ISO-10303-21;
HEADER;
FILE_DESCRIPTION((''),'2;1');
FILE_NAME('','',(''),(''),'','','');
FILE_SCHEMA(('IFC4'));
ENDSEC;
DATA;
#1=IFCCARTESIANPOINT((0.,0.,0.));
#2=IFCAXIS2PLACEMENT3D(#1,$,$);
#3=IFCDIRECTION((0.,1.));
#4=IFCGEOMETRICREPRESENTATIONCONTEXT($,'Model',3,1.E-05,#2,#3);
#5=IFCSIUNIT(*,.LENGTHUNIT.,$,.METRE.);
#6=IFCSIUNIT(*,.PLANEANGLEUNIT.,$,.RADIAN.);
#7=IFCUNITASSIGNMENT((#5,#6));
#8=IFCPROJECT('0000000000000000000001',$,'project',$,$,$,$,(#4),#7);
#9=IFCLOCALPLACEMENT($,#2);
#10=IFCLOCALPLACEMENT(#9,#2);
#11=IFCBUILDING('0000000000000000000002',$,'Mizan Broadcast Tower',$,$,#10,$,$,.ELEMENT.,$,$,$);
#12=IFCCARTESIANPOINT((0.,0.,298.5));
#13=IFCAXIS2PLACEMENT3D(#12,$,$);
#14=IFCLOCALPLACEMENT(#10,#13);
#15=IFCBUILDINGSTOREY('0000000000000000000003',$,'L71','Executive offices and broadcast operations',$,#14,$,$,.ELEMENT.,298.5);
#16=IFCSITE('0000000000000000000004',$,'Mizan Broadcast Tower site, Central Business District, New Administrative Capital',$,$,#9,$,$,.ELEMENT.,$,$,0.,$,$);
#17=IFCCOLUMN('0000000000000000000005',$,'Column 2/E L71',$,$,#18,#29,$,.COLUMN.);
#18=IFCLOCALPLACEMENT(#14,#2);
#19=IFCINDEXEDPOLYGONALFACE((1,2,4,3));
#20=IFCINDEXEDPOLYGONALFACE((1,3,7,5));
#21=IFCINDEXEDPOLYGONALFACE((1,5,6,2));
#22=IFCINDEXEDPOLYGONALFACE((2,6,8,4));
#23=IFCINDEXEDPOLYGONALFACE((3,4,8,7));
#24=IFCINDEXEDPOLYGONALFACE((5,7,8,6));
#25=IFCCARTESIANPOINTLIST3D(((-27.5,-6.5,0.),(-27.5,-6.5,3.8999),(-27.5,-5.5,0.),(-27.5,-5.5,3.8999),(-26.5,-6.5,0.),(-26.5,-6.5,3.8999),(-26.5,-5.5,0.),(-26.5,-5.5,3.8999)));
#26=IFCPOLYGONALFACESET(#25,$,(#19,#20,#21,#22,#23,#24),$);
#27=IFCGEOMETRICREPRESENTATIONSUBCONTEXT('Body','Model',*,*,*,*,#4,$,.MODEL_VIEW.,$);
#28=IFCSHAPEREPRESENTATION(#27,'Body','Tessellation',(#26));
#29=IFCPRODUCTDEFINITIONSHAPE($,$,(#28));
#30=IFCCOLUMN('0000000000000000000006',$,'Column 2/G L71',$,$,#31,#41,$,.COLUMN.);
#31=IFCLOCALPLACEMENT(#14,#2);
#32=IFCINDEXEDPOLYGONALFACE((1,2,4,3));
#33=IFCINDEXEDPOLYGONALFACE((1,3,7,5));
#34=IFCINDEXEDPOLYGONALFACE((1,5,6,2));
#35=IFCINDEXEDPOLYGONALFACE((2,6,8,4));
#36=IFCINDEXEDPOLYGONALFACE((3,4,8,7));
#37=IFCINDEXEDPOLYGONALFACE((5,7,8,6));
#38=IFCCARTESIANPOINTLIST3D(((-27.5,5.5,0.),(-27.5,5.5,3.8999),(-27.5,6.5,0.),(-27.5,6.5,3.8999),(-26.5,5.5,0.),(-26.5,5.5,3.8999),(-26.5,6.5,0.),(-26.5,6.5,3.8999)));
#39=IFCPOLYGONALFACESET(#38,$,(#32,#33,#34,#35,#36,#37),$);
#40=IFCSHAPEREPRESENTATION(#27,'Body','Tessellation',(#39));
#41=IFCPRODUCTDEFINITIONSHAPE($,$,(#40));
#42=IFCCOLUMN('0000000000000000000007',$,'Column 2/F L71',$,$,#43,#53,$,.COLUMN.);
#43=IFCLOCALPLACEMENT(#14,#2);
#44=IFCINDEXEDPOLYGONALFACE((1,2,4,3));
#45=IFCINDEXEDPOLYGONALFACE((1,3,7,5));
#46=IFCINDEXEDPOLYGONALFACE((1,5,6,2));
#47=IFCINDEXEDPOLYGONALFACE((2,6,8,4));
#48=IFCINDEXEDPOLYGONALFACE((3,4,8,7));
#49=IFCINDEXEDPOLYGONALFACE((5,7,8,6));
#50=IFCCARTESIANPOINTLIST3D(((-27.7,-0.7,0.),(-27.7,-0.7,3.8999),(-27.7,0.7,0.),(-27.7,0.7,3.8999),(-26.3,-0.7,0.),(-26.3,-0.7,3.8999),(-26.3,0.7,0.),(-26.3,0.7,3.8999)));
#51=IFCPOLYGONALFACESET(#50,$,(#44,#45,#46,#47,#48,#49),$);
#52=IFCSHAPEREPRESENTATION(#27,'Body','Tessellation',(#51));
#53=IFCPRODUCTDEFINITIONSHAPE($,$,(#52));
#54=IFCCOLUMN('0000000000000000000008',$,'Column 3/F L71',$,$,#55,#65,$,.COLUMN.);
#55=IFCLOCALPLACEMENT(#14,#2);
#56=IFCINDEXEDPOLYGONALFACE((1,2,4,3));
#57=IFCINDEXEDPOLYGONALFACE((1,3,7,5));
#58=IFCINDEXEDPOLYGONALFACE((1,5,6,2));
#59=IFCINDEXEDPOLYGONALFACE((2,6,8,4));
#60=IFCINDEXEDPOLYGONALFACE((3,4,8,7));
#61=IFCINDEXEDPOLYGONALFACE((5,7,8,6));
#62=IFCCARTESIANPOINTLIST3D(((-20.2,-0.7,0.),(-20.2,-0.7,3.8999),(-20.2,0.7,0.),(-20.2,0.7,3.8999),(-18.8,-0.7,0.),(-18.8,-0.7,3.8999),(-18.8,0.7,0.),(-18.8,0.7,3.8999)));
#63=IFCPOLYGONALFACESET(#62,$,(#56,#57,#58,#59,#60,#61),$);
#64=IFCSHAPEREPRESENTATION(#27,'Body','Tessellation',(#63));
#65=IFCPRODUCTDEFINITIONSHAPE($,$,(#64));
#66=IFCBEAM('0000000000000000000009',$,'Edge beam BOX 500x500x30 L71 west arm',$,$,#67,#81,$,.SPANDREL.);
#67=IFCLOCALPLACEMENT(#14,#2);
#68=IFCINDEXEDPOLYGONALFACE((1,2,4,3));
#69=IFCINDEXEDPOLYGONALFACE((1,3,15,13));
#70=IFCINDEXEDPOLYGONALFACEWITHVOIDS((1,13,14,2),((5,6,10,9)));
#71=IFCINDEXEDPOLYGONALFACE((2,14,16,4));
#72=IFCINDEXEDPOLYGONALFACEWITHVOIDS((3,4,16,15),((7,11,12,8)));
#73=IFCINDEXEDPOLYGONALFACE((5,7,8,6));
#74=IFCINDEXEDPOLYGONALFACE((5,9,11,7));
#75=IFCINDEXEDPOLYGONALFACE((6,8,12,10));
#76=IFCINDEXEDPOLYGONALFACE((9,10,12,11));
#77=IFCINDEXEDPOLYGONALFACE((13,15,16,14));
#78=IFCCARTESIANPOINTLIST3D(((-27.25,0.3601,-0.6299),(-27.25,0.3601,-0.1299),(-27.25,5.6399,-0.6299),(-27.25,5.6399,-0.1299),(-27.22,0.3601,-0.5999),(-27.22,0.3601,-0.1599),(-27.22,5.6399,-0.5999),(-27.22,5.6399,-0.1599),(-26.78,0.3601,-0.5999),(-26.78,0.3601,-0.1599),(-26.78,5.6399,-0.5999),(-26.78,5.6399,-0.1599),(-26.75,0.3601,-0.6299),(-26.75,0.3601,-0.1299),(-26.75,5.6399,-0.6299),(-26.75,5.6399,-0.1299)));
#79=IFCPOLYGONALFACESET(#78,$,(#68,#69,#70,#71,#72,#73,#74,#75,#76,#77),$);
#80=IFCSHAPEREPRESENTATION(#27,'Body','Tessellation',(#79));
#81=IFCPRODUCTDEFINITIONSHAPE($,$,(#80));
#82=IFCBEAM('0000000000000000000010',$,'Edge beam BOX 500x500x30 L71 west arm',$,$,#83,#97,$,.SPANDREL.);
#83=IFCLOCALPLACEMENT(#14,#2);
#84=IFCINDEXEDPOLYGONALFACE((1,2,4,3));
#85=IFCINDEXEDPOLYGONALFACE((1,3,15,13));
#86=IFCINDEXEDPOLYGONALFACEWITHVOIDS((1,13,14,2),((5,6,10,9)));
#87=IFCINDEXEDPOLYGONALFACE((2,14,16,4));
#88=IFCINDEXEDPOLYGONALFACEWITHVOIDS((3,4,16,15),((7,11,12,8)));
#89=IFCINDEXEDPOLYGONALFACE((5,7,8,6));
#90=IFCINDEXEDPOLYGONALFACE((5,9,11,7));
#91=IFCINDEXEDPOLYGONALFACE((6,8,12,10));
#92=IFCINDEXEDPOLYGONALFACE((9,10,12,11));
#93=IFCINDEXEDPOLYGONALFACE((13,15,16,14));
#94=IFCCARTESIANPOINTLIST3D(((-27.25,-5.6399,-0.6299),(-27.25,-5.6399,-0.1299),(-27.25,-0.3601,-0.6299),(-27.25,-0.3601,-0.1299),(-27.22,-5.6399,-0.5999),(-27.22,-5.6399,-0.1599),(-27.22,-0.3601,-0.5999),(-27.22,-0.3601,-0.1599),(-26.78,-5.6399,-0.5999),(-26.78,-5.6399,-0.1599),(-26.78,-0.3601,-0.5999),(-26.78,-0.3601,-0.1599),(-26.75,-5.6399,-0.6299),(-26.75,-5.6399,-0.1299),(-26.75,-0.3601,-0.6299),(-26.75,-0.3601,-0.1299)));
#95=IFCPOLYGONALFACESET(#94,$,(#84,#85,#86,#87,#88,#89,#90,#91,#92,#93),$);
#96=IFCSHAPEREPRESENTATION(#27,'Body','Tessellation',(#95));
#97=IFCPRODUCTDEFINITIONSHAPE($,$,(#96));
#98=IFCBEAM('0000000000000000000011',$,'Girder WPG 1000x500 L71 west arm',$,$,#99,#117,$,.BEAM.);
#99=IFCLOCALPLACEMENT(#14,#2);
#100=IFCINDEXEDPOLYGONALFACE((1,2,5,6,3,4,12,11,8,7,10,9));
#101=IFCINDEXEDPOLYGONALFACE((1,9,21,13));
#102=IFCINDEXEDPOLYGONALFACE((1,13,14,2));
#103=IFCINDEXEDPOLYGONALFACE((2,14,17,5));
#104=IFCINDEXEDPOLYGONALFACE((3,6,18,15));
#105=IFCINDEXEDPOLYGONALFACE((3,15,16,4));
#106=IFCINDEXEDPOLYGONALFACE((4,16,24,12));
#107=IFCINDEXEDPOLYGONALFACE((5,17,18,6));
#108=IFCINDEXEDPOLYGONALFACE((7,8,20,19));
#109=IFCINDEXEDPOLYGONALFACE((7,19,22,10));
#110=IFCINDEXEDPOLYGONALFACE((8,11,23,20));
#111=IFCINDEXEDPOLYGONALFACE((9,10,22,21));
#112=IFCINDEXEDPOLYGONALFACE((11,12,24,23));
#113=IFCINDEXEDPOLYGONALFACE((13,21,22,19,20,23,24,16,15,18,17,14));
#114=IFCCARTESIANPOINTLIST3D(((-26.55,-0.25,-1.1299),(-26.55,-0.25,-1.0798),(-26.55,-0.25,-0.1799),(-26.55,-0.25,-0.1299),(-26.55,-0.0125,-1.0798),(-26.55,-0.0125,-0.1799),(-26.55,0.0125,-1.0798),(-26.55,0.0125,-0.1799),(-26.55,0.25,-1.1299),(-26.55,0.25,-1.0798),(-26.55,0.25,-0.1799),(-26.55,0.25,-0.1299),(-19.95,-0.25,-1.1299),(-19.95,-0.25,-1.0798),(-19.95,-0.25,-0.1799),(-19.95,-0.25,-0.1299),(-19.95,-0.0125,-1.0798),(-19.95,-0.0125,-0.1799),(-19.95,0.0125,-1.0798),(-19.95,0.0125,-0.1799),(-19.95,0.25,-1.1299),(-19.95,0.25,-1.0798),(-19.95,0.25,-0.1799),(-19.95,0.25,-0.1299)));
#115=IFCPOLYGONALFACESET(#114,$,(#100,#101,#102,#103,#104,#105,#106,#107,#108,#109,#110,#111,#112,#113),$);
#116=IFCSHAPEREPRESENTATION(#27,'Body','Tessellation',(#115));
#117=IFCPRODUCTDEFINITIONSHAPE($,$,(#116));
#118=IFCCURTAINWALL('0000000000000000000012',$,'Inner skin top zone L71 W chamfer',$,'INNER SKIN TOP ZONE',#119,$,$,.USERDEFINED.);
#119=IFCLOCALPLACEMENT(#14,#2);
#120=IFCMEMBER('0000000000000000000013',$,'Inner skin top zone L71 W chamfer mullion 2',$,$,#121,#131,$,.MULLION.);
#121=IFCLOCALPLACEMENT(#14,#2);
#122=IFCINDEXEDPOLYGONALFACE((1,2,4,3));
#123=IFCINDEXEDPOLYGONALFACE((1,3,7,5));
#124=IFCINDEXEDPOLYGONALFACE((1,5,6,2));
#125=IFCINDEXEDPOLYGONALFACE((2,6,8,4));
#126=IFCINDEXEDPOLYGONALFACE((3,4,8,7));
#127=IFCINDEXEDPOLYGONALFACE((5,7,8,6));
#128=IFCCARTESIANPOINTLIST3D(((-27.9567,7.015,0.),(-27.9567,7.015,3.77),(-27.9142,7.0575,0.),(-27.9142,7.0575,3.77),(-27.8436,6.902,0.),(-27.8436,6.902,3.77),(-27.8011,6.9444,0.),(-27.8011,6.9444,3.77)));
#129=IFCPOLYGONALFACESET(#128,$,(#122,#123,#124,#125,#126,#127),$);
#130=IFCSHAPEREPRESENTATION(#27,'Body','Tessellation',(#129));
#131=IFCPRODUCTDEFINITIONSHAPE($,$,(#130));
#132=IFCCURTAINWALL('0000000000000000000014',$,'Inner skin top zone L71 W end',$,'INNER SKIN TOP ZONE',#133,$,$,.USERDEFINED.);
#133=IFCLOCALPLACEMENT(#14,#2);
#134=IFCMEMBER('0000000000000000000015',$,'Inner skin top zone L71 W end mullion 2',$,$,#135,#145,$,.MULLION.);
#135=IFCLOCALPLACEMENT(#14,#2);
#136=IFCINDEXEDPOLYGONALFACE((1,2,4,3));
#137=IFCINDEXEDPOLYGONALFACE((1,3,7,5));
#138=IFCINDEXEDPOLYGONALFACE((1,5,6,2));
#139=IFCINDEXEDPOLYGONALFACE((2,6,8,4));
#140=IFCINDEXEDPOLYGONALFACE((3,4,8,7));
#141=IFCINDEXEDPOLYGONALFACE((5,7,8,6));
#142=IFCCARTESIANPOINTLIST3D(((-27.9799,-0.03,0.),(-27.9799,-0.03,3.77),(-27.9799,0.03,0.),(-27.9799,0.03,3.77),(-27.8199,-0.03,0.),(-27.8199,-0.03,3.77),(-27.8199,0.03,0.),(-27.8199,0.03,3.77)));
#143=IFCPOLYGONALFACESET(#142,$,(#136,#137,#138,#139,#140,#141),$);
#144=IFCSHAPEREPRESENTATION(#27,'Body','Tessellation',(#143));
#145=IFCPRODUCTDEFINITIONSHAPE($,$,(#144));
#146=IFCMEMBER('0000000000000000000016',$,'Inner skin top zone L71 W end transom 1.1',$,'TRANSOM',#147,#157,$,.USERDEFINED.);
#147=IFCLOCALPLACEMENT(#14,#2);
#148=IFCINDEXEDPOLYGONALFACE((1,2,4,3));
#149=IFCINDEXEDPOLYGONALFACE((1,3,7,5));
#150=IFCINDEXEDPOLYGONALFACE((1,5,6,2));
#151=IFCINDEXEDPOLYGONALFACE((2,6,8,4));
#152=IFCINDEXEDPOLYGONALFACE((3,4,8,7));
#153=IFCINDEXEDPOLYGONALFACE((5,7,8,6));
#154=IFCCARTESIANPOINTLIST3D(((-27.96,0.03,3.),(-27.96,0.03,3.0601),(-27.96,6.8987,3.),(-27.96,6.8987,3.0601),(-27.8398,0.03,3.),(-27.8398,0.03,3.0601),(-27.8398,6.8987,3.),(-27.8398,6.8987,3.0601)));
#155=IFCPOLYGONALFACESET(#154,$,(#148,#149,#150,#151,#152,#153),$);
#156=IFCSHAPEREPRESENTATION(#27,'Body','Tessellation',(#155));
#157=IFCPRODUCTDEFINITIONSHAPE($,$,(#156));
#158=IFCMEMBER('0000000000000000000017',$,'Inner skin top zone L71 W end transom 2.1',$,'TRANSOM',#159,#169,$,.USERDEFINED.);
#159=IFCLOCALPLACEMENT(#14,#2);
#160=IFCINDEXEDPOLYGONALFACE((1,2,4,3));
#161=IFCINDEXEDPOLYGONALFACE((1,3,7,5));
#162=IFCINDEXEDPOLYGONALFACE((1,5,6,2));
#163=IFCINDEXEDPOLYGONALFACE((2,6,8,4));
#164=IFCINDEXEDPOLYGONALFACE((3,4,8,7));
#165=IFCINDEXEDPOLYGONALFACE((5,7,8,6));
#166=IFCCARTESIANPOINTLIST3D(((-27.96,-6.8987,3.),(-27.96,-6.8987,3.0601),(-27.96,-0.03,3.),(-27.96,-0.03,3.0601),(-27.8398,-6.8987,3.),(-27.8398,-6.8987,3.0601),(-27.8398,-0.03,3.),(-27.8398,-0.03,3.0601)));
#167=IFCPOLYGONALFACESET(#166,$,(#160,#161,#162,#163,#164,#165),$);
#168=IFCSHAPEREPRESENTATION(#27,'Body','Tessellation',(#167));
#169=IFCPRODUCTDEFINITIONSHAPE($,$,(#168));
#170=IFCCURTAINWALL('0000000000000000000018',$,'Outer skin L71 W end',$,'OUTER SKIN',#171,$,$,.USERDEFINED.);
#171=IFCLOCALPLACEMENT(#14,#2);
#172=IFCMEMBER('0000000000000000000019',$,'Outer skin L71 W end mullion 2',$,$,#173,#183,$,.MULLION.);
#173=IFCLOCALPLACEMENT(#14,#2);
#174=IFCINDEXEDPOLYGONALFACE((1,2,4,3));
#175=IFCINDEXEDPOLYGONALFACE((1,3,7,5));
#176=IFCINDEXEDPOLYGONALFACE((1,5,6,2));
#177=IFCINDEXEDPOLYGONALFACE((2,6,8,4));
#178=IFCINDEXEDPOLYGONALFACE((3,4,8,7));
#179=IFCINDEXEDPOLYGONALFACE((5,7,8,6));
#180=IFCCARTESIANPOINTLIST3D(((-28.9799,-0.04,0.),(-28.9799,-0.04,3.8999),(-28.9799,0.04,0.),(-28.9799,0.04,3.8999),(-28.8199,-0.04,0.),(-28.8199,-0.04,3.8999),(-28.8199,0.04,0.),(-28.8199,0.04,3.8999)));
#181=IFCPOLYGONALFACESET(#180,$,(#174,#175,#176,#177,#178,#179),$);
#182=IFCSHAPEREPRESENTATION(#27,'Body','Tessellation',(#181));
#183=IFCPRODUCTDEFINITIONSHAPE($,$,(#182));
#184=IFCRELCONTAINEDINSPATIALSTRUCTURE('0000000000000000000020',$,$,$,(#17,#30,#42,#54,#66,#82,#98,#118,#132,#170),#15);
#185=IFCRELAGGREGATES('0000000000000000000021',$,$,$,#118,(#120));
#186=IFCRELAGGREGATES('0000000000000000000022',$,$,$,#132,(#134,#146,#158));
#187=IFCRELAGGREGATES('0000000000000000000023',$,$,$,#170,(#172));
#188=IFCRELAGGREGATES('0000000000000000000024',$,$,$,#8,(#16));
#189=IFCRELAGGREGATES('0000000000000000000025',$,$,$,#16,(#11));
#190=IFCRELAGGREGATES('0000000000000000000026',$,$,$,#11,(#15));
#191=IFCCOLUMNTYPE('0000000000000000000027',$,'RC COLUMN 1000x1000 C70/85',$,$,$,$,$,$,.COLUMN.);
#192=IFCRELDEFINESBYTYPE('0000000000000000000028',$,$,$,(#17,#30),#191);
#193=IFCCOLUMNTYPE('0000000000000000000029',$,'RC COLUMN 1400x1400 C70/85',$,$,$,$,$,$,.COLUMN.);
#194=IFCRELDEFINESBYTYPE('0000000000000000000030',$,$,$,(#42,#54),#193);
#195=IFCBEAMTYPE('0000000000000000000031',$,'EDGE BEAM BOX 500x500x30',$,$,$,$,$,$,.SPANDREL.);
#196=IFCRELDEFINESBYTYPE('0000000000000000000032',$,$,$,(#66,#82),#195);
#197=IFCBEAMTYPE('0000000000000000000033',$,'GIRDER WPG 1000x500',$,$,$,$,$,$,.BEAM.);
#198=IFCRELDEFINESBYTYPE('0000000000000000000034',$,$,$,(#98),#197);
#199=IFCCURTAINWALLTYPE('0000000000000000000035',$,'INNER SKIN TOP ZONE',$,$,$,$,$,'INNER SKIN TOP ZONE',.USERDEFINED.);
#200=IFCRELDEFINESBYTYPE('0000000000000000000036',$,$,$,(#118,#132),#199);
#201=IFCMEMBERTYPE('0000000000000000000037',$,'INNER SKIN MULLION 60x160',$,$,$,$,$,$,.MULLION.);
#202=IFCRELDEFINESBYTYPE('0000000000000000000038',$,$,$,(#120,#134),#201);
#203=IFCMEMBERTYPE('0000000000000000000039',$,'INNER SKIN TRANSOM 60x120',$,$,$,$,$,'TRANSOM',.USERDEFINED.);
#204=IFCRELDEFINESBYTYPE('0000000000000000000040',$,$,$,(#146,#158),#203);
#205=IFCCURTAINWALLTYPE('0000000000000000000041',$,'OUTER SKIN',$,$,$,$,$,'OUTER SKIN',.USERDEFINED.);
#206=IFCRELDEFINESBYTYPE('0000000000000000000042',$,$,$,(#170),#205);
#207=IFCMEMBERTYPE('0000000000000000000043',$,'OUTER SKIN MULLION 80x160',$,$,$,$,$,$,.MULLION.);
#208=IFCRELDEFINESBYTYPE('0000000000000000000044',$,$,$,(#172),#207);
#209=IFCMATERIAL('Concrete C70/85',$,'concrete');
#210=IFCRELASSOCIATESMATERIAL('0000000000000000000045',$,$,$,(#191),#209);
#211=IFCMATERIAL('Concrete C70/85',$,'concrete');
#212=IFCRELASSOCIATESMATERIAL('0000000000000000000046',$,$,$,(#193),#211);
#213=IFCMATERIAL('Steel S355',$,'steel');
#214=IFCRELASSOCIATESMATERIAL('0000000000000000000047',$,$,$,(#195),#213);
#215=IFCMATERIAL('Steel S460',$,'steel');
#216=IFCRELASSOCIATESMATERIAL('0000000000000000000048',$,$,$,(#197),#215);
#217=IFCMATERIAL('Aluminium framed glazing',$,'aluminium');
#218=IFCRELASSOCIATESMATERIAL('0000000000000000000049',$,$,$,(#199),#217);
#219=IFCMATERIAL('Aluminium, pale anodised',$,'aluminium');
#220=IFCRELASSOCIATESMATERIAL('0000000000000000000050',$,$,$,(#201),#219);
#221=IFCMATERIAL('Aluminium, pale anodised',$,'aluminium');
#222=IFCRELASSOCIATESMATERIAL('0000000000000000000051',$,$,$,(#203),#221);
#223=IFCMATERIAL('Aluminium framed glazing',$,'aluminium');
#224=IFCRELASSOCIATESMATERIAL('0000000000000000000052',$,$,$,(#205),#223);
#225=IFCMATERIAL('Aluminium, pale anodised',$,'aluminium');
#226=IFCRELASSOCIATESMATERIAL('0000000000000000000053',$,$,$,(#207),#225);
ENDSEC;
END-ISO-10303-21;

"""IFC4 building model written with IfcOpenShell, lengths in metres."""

from ifc_helpers import new_model, si_unit, direction, frame, origin, origin_2d, place, context, subcontext, project, spatial, rectangle, hollow_rectangle, i_section, extrude, material, material_profile, profile_set, type_object, element, aggregate, save


model = new_model("IFC4")

# Units and contexts
model_context = context("Model", 3, precision=1e-05, world=origin(), true_north=direction((0.0, 1.0)))
body_context = subcontext(model_context, "Body", "Model", "MODEL_VIEW")
ifc_project = project(units=[si_unit("LENGTHUNIT", "METRE"), si_unit("PLANEANGLEUNIT", "RADIAN")], contexts=[model_context])

# Site, building, storey
site_placement = place(None, origin())
site = spatial("IfcSite", under=ifc_project, at=site_placement, Name="Mizan Broadcast Tower site, Central Business District, New Administrative Capital", CompositionType="ELEMENT", RefElevation=0.0)
building_placement = place(site_placement, origin())
building = spatial("IfcBuilding", under=site, at=building_placement, Name="Mizan Broadcast Tower", CompositionType="ELEMENT")
storey_placement = place(building_placement, frame((0.0, 0.0, 298.5)))
storey = spatial("IfcBuildingStorey", under=building, at=storey_placement, Name="L71", Description="Executive offices and broadcast operations", CompositionType="ELEMENT", Elevation=298.5)

# Columns
ifc_material_1 = material(Name="Concrete C70/85", Category="concrete")
ifc_material_profile_1 = material_profile(ifc_material_1, rectangle(XDim=1.0, YDim=1.0, at=origin_2d()), Name="RC 1000x1000")
ifc_profile_set_1 = profile_set([ifc_material_profile_1], Name="Concrete C70/85")
column_type_1 = type_object("IfcColumnType", Name="RC COLUMN 1000x1000 C70/85", PredefinedType="COLUMN", material=ifc_profile_set_1)
for number, where, z_axis, x_axis, name in (
    (1, (-27.0, -6.0, 0.0), (0.0, 0.0, 1.0), (1.0, 0.0, 0.0), "Column 2/E L71"),
    (2, (-27.0, 6.0, 0.0), (0.0, 0.0, 1.0), (1.0, 0.0, 0.0), "Column 2/G L71"),
):
    element("IfcColumn", number, at=place(storey_placement, frame(where, z_axis=z_axis, x_axis=x_axis)), inside=storey, type_object=column_type_1, Name=name, PredefinedType="COLUMN", context=body_context, shape_type="SweptSolid", body=[
        extrude(rectangle(XDim=1.0, YDim=1.0, at=origin_2d()), origin(), (0.0, 0.0, 1.0), 3.8999),
    ])
ifc_material_2 = material(Name="Concrete C70/85", Category="concrete")
ifc_material_profile_2 = material_profile(ifc_material_2, rectangle(XDim=1.3999, YDim=1.3999, at=origin_2d()), Name="RC 1400x1400")
ifc_profile_set_2 = profile_set([ifc_material_profile_2], Name="Concrete C70/85")
column_type_2 = type_object("IfcColumnType", Name="RC COLUMN 1400x1400 C70/85", PredefinedType="COLUMN", material=ifc_profile_set_2)
for number, where, z_axis, x_axis, name in (
    (3, (-27.0, 0.0, 0.0), (0.0, 0.0, 1.0), (1.0, 0.0, 0.0), "Column 2/F L71"),
    (4, (-19.5, 0.0, 0.0), (0.0, 0.0, 1.0), (1.0, 0.0, 0.0), "Column 3/F L71"),
):
    element("IfcColumn", number, at=place(storey_placement, frame(where, z_axis=z_axis, x_axis=x_axis)), inside=storey, type_object=column_type_2, Name=name, PredefinedType="COLUMN", context=body_context, shape_type="SweptSolid", body=[
        extrude(rectangle(XDim=1.3999, YDim=1.3999, at=origin_2d()), origin(), (0.0, 0.0, 1.0), 3.8999),
    ])

# Beams
ifc_material_3 = material(Name="Steel S355", Category="steel")
ifc_material_profile_3 = material_profile(ifc_material_3, hollow_rectangle(XDim=0.5, YDim=0.5, WallThickness=0.03, at=origin_2d()), Name="BOX 500x500x30")
ifc_profile_set_3 = profile_set([ifc_material_profile_3], Name="Steel S355")
beam_type_1 = type_object("IfcBeamType", Name="EDGE BEAM BOX 500x500x30", PredefinedType="SPANDREL", material=ifc_profile_set_3)
for number, where, z_axis, x_axis, name in (
    (5, (-27.0, 5.6399, -0.3799), (0.0, -1.0, 0.0), (1.0, 0.0, 0.0), "Edge beam BOX 500x500x30 L71 west arm"),
    (6, (-27.0, -5.6399, -0.3799), (0.0, 1.0, 0.0), (-1.0, 0.0, 0.0), "Edge beam BOX 500x500x30 L71 west arm"),
):
    element("IfcBeam", number, at=place(storey_placement, frame(where, z_axis=z_axis, x_axis=x_axis)), inside=storey, type_object=beam_type_1, Name=name, PredefinedType="SPANDREL", context=body_context, shape_type="SweptSolid", body=[
        extrude(hollow_rectangle(XDim=0.5, YDim=0.5, WallThickness=0.03, at=origin_2d()), origin(), (0.0, 0.0, 1.0), 5.2798),
    ])
ifc_material_4 = material(Name="Steel S460", Category="steel")
ifc_material_profile_4 = material_profile(ifc_material_4, i_section(OverallWidth=0.5, OverallDepth=1.0, WebThickness=0.0249, FlangeThickness=0.05, at=origin_2d()), Name="WPG 1000x500")
ifc_profile_set_4 = profile_set([ifc_material_profile_4], Name="Steel S460")
beam_type_2 = type_object("IfcBeamType", Name="GIRDER WPG 1000x500", PredefinedType="BEAM", material=ifc_profile_set_4)
beam_placement = place(storey_placement, frame((-19.95, 0.0, -0.6299), z_axis=(-1.0, 0.0, 0.0), x_axis=(0.0, -1.0, 0.0)))
element("IfcBeam", 7, at=beam_placement, inside=storey, type_object=beam_type_2, Name="Girder WPG 1000x500 L71 west arm", PredefinedType="BEAM", context=body_context, shape_type="SweptSolid", body=[
    extrude(i_section(OverallWidth=0.5, OverallDepth=1.0, WebThickness=0.0249, FlangeThickness=0.05, at=origin_2d()), origin(), (0.0, 0.0, 1.0), 6.6001),
])

# Curtain wall, member
ifc_material_5 = material(Name="Aluminium framed glazing", Category="aluminium")
curtain_wall_type_1 = type_object("IfcCurtainWallType", Name="INNER SKIN TOP ZONE", ElementType="INNER SKIN TOP ZONE", PredefinedType="USERDEFINED", material=ifc_material_5)
curtain_wall_1_placement = place(storey_placement, origin())
curtain_wall_1 = element("IfcCurtainWall", 8, at=curtain_wall_1_placement, inside=storey, type_object=curtain_wall_type_1, Name="Inner skin top zone L71 W chamfer", ObjectType="INNER SKIN TOP ZONE", PredefinedType="USERDEFINED")
ifc_material_6 = material(Name="Aluminium, pale anodised", Category="aluminium")
ifc_material_profile_5 = material_profile(ifc_material_6, rectangle(XDim=0.1599, YDim=0.0601, at=origin_2d()), Name="MULLION 160x60")
ifc_profile_set_5 = profile_set([ifc_material_profile_5], Name="Aluminium, pale anodised")
member_type_1 = type_object("IfcMemberType", Name="INNER SKIN MULLION 60x160", PredefinedType="MULLION", material=ifc_profile_set_5)
member_1_placement = place(storey_placement, frame((-27.8789, 6.9797, 0.0), z_axis=(0.0, 0.0, 1.0), x_axis=(0.707107, -0.707107, 0.0)))
member_1 = element("IfcMember", 9, at=member_1_placement, type_object=member_type_1, Name="Inner skin top zone L71 W chamfer mullion 2", PredefinedType="MULLION", context=body_context, shape_type="SweptSolid", body=[
    extrude(rectangle(XDim=0.1599, YDim=0.0601, at=origin_2d()), origin(), (0.0, 0.0, 1.0), 3.77),
])
aggregate(curtain_wall_1, [member_1])

# Curtain walls, members
curtain_wall_2_placement = place(storey_placement, origin())
curtain_wall_2 = element("IfcCurtainWall", 10, at=curtain_wall_2_placement, inside=storey, type_object=curtain_wall_type_1, Name="Inner skin top zone L71 W end", ObjectType="INNER SKIN TOP ZONE", PredefinedType="USERDEFINED")
member_2_placement = place(storey_placement, frame((-27.8999, 0.0, 0.0), z_axis=(0.0, 0.0, 1.0), x_axis=(1.0, 0.0, 0.0)))
member_2 = element("IfcMember", 11, at=member_2_placement, type_object=member_type_1, Name="Inner skin top zone L71 W end mullion 2", PredefinedType="MULLION", context=body_context, shape_type="SweptSolid", body=[
    extrude(rectangle(XDim=0.1599, YDim=0.0601, at=origin_2d()), origin(), (0.0, 0.0, 1.0), 3.77),
])
ifc_material_7 = material(Name="Aluminium, pale anodised", Category="aluminium")
ifc_material_profile_6 = material_profile(ifc_material_7, rectangle(XDim=0.1201, YDim=0.0601, at=origin_2d()), Name="TRANSOM 120x60")
ifc_profile_set_6 = profile_set([ifc_material_profile_6], Name="Aluminium, pale anodised")
member_type_2 = type_object("IfcMemberType", Name="INNER SKIN TRANSOM 60x120", ElementType="TRANSOM", PredefinedType="USERDEFINED", material=ifc_profile_set_6)
member_3_placement = place(storey_placement, frame((-27.8999, 6.8987, 3.03), z_axis=(0.0, -1.0, 0.0), x_axis=(1.0, 0.0, 0.0)))
member_3 = element("IfcMember", 12, at=member_3_placement, type_object=member_type_2, Name="Inner skin top zone L71 W end transom 1.1", ObjectType="TRANSOM", PredefinedType="USERDEFINED", context=body_context, shape_type="SweptSolid", body=[
    extrude(rectangle(XDim=0.1201, YDim=0.0601, at=origin_2d()), origin(), (0.0, 0.0, 1.0), 6.8687),
])
member_4_placement = place(storey_placement, frame((-27.8999, -0.03, 3.03), z_axis=(0.0, -1.0, 0.0), x_axis=(1.0, 0.0, 0.0)))
member_4 = element("IfcMember", 13, at=member_4_placement, type_object=member_type_2, Name="Inner skin top zone L71 W end transom 2.1", ObjectType="TRANSOM", PredefinedType="USERDEFINED", context=body_context, shape_type="SweptSolid", body=[
    extrude(rectangle(XDim=0.1201, YDim=0.0601, at=origin_2d()), origin(), (0.0, 0.0, 1.0), 6.8687),
])
ifc_material_8 = material(Name="Aluminium framed glazing", Category="aluminium")
curtain_wall_type_2 = type_object("IfcCurtainWallType", Name="OUTER SKIN", ElementType="OUTER SKIN", PredefinedType="USERDEFINED", material=ifc_material_8)
curtain_wall_3_placement = place(storey_placement, origin())
curtain_wall_3 = element("IfcCurtainWall", 14, at=curtain_wall_3_placement, inside=storey, type_object=curtain_wall_type_2, Name="Outer skin L71 W end", ObjectType="OUTER SKIN", PredefinedType="USERDEFINED")
ifc_material_9 = material(Name="Aluminium, pale anodised", Category="aluminium")
ifc_material_profile_7 = material_profile(ifc_material_9, rectangle(XDim=0.1599, YDim=0.0801, at=origin_2d()), Name="MULLION 160x80")
ifc_profile_set_7 = profile_set([ifc_material_profile_7], Name="Aluminium, pale anodised")
member_type_3 = type_object("IfcMemberType", Name="OUTER SKIN MULLION 80x160", PredefinedType="MULLION", material=ifc_profile_set_7)
member_5_placement = place(storey_placement, frame((-28.8999, 0.0, 0.0), z_axis=(0.0, 0.0, 1.0), x_axis=(1.0, 0.0, 0.0)))
member_5 = element("IfcMember", 15, at=member_5_placement, type_object=member_type_3, Name="Outer skin L71 W end mullion 2", PredefinedType="MULLION", context=body_context, shape_type="SweptSolid", body=[
    extrude(rectangle(XDim=0.1599, YDim=0.0801, at=origin_2d()), origin(), (0.0, 0.0, 1.0), 3.8999),
])

aggregate(curtain_wall_2, [member_2, member_3, member_4])
aggregate(curtain_wall_3, [member_5])

save(model, "model.ifc")
